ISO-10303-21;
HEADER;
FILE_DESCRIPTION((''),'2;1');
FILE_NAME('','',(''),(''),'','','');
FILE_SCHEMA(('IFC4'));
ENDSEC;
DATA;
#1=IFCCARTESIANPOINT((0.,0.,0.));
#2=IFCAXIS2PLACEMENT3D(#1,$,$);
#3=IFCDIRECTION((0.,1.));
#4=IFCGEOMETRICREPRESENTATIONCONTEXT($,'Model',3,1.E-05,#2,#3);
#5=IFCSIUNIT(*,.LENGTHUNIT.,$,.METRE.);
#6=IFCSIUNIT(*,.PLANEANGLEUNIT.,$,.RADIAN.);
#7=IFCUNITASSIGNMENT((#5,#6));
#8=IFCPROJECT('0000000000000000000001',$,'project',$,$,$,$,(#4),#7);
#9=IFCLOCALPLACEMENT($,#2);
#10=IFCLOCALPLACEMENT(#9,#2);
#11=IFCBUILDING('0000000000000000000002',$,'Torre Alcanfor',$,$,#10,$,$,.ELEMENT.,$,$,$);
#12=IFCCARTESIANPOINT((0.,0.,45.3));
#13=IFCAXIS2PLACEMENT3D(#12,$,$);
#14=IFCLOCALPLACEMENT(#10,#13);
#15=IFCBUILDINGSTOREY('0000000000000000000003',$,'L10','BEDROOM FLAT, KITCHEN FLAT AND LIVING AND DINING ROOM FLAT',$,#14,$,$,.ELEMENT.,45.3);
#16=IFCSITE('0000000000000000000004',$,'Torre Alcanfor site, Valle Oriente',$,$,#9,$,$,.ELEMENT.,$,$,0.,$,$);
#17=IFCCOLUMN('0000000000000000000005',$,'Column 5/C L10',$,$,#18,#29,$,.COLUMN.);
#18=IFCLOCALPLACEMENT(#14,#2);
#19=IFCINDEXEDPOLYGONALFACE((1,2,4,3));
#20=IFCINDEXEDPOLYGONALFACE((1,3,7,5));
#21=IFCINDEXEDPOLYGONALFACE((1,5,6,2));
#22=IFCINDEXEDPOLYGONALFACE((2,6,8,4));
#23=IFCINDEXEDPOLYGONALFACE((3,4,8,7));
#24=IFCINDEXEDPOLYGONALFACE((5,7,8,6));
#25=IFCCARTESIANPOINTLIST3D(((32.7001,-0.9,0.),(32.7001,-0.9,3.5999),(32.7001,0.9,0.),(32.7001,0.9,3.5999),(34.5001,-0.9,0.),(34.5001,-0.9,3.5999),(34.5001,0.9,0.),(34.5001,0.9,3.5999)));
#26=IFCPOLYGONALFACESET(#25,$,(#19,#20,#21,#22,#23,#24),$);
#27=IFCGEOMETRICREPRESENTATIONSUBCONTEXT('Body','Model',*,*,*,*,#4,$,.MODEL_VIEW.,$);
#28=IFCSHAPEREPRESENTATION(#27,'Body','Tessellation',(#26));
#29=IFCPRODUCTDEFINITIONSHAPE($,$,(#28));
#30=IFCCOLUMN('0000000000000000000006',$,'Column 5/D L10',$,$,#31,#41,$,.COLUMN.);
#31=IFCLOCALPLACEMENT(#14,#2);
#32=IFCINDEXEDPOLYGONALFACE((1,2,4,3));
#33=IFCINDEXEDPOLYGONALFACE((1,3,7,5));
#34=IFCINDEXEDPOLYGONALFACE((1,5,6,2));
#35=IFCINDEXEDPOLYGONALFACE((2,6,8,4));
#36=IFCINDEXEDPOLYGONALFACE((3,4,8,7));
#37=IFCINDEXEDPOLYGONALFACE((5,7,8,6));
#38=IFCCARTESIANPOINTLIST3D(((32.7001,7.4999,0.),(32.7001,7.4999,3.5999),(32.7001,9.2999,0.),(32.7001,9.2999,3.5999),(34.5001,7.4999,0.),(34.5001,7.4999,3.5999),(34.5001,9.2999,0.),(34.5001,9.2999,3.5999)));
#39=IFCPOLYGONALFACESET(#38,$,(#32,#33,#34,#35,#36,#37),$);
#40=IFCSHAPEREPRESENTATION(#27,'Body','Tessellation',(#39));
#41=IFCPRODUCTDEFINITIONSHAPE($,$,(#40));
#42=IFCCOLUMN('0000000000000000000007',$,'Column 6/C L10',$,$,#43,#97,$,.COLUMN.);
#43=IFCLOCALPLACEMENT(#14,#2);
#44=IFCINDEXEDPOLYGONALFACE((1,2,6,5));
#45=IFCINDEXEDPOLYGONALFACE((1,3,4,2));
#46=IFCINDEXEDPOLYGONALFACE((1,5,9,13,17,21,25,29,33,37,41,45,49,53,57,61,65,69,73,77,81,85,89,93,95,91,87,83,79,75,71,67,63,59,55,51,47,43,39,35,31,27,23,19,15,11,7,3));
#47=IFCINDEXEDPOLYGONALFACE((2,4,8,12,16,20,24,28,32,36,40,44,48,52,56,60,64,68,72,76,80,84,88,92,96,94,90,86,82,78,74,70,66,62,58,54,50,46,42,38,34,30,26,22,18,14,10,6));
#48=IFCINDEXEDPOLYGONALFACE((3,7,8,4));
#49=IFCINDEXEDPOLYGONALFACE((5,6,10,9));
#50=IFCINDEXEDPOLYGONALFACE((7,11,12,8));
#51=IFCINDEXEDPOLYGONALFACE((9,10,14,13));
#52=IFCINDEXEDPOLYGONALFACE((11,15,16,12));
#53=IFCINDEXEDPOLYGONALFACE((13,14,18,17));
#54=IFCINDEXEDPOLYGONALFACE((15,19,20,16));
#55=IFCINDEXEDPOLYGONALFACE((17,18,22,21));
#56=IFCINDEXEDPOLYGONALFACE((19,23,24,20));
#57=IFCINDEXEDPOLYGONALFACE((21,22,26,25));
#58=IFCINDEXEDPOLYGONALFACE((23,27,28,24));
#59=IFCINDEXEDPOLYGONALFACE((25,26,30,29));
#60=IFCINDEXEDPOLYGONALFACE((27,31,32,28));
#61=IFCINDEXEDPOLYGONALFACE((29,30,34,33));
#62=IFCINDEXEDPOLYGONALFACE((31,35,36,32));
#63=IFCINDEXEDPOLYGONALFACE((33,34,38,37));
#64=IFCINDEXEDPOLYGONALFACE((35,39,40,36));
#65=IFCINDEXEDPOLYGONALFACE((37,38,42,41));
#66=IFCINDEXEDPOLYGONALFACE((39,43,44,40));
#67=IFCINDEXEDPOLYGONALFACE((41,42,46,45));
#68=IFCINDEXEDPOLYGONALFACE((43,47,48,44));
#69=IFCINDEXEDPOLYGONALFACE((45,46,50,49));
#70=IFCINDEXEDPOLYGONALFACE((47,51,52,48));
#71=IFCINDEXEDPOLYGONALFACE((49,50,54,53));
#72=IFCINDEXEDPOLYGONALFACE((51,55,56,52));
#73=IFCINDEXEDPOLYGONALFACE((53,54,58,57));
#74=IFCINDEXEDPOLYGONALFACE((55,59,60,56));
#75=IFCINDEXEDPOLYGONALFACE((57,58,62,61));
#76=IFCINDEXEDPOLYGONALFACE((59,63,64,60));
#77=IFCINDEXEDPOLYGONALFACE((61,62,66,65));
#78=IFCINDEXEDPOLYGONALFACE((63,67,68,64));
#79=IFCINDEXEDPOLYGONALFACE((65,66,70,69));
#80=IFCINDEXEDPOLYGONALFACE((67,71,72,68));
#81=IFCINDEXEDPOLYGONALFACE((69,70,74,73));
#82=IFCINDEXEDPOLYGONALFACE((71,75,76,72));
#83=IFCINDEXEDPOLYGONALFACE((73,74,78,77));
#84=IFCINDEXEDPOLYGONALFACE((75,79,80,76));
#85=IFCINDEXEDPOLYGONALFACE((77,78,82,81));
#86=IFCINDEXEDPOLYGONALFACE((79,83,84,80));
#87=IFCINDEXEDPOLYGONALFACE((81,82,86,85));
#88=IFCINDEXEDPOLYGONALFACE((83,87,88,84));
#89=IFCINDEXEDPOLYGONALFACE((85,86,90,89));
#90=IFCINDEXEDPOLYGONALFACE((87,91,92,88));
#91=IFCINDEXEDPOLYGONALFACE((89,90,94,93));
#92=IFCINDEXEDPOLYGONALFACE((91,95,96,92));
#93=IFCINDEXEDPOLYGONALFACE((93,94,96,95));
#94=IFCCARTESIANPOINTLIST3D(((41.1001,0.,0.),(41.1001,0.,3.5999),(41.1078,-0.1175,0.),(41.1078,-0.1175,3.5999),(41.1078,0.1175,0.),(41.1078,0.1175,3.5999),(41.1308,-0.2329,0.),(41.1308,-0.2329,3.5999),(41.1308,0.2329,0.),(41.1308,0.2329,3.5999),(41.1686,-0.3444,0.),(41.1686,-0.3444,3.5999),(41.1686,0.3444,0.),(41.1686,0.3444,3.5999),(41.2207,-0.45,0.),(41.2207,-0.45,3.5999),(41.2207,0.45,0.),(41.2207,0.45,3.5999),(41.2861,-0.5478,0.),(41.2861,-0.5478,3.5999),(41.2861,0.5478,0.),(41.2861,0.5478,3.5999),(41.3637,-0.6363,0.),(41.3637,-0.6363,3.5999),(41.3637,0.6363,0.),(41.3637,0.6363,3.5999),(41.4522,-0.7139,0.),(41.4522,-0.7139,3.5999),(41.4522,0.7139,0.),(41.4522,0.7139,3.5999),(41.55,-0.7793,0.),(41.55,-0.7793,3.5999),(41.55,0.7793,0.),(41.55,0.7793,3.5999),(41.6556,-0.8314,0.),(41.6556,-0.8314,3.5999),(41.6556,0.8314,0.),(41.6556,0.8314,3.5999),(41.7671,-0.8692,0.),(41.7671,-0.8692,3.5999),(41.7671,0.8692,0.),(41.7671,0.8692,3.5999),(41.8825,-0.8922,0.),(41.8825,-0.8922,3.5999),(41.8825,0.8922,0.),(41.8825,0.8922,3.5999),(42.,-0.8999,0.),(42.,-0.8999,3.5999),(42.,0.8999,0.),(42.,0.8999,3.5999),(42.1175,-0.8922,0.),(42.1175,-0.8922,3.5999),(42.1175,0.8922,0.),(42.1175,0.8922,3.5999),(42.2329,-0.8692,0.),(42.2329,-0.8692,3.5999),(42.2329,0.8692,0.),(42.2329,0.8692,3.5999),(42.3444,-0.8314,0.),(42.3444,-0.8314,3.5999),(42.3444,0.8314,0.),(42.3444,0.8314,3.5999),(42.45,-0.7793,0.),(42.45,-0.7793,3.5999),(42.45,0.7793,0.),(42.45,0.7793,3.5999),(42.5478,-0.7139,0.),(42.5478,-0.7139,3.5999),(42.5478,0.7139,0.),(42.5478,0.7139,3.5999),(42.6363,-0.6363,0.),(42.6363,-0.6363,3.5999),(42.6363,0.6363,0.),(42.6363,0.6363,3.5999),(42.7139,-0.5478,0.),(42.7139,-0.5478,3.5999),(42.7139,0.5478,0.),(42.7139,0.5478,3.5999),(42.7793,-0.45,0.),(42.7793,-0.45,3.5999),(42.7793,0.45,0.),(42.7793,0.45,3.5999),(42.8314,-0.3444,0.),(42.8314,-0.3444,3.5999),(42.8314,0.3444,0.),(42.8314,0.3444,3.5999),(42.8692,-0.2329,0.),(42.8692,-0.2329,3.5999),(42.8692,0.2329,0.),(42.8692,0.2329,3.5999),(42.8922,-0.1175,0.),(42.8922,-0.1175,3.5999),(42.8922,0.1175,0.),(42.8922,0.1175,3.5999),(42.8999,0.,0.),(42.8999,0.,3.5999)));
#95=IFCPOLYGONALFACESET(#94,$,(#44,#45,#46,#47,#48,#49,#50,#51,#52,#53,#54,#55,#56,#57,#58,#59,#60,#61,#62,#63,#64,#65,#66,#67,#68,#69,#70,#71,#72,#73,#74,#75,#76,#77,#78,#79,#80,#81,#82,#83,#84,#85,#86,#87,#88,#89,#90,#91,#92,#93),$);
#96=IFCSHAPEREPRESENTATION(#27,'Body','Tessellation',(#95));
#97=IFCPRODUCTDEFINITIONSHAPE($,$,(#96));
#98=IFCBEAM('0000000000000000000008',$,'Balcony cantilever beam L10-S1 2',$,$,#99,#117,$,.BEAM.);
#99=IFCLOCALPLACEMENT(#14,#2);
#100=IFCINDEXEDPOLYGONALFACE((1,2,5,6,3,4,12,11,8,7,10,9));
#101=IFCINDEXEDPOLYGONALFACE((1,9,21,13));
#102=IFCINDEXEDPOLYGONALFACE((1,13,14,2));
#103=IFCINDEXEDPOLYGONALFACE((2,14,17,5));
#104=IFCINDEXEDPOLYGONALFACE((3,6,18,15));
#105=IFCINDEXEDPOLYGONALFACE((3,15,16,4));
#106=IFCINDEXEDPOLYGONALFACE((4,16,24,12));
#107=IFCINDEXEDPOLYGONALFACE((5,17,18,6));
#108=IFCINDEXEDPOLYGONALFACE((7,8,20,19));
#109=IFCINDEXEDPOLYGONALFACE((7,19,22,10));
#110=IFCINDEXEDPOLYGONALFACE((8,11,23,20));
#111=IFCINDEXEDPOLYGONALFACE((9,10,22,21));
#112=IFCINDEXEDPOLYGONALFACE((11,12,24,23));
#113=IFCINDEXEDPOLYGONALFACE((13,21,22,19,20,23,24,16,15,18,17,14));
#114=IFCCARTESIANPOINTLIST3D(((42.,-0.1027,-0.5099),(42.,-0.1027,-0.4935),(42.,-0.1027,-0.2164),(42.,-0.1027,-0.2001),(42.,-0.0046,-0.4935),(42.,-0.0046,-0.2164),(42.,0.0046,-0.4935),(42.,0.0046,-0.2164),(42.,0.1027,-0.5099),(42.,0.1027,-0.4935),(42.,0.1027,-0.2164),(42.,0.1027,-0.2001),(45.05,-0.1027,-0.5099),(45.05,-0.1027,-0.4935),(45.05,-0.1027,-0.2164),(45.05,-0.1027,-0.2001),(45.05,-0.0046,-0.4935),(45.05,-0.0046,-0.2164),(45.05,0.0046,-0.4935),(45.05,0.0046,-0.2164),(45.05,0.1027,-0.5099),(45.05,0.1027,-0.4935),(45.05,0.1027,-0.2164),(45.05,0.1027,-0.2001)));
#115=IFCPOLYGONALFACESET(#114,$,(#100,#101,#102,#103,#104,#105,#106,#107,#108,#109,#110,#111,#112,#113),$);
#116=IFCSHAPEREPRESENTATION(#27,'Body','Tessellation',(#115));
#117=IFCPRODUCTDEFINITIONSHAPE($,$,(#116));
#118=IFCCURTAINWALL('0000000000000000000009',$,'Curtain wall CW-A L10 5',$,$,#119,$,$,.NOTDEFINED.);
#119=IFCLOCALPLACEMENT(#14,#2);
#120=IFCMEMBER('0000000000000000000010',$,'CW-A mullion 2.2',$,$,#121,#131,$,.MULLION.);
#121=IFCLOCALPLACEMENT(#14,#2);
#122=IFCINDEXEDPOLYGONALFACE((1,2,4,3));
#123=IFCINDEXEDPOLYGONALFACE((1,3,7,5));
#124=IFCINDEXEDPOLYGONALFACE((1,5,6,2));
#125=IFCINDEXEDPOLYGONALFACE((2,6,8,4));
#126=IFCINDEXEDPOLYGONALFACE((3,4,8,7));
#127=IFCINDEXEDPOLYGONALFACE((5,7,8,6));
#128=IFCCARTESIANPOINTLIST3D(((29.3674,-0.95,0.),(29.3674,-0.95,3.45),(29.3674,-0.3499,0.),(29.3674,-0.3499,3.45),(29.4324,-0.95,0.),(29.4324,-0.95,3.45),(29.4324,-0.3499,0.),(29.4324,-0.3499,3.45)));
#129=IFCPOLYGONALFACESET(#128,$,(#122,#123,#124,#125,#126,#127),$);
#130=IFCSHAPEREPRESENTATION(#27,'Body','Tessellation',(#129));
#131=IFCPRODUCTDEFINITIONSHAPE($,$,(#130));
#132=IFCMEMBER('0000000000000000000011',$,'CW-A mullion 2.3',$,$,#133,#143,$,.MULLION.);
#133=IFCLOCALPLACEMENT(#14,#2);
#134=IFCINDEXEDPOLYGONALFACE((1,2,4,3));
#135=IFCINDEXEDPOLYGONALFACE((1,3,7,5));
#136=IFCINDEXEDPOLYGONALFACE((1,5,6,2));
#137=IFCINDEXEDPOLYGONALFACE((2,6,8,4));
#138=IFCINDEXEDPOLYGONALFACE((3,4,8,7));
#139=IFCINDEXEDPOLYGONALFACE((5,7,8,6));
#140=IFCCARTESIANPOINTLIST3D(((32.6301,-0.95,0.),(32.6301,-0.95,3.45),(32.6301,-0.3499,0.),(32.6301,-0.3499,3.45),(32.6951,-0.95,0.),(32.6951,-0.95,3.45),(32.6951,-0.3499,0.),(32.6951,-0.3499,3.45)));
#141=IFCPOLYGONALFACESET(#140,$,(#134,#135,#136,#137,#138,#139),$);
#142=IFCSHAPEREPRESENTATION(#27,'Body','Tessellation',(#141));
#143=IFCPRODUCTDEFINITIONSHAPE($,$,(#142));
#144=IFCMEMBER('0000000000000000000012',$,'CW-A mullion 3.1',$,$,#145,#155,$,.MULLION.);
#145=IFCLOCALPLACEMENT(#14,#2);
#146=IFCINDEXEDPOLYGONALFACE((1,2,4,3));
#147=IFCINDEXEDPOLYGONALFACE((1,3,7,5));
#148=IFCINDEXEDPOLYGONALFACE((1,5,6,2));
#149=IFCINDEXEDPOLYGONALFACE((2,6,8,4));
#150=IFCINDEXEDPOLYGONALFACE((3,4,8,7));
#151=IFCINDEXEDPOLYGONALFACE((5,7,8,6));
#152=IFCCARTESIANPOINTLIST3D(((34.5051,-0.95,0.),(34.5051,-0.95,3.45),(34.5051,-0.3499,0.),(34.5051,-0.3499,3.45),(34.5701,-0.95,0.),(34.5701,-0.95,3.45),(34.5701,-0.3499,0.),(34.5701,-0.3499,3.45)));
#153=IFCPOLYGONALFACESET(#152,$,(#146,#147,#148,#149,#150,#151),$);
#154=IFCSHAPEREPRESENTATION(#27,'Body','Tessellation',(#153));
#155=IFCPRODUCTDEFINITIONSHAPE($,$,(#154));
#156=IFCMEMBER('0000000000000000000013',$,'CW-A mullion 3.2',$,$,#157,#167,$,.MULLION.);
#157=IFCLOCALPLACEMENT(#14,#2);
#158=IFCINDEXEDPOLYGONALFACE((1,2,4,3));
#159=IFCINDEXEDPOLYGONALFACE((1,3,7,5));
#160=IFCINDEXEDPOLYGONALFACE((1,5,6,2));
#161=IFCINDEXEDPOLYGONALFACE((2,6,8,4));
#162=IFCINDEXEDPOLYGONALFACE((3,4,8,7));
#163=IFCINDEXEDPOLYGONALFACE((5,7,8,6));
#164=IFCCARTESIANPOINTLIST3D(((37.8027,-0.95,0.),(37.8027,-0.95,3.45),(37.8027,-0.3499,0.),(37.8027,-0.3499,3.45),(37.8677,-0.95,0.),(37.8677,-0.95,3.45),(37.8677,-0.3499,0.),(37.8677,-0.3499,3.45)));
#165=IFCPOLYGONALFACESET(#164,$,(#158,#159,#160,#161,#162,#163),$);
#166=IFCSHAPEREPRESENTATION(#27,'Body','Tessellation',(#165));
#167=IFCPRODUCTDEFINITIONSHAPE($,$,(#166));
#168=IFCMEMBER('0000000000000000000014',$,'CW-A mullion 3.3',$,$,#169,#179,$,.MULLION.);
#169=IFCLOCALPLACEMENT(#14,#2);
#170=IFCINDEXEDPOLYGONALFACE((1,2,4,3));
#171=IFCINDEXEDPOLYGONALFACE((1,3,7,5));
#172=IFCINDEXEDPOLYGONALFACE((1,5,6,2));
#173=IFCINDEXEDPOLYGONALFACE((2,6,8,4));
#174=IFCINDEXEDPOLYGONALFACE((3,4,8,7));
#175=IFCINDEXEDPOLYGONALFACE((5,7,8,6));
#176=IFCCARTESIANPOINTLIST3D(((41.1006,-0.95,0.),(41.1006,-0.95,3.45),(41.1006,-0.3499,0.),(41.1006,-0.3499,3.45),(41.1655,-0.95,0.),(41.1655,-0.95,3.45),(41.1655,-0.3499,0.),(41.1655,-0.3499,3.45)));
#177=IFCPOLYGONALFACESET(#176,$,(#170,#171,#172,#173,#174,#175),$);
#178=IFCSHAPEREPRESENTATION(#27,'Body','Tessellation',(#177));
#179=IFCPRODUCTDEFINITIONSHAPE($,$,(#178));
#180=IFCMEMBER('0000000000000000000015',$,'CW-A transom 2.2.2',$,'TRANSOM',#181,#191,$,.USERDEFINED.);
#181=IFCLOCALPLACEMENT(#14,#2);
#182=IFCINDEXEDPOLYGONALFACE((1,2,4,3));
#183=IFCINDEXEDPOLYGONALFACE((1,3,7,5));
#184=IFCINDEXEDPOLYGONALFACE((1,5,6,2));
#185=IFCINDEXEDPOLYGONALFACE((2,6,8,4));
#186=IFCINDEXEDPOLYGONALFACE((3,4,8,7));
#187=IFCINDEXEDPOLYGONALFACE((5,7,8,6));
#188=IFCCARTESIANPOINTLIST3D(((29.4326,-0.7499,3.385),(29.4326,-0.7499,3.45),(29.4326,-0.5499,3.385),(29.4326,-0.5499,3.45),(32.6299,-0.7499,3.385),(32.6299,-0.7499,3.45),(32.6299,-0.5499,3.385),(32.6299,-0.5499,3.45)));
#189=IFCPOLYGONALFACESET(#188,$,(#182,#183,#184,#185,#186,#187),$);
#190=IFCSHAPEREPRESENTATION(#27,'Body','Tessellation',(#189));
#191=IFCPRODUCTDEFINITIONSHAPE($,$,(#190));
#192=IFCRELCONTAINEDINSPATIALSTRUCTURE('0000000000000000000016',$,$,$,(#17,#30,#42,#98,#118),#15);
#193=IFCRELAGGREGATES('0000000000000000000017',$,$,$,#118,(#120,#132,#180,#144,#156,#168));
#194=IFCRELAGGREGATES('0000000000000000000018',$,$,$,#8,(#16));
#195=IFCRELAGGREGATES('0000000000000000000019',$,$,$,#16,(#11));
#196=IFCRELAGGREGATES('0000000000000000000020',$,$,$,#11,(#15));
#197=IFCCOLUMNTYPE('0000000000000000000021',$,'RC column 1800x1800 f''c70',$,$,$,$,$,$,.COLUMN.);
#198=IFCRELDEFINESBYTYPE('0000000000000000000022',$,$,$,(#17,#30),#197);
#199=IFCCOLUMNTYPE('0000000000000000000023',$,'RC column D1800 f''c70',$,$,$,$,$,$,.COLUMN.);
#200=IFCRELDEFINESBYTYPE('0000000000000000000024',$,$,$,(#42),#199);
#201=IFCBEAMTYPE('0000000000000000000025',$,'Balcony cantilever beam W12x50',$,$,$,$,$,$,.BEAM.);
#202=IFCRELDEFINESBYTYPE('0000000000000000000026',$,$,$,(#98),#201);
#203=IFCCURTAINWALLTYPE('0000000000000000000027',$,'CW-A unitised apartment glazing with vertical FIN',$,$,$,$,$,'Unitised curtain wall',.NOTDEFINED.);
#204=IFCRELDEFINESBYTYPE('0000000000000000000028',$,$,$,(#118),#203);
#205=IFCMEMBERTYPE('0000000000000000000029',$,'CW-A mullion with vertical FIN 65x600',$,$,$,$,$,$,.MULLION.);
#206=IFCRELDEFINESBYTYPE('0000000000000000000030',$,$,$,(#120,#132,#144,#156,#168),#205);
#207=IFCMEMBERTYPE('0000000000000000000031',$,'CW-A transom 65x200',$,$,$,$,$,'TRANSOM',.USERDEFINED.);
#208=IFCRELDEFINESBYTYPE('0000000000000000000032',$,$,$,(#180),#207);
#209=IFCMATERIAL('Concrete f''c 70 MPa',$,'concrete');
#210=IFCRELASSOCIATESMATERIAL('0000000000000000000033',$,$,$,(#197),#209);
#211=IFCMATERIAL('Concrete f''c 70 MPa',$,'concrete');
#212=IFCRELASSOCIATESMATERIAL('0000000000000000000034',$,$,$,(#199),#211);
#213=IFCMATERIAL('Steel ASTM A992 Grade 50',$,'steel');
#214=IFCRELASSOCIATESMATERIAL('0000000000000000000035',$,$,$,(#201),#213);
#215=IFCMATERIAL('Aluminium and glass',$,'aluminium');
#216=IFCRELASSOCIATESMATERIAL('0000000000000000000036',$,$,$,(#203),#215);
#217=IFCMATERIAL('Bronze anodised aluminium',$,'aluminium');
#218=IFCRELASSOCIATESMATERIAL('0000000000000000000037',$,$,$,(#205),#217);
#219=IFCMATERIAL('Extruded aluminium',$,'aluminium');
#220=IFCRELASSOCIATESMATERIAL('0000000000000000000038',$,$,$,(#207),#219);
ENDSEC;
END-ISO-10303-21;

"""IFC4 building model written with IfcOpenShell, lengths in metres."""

from ifc_helpers import new_model, si_unit, direction, frame, origin, origin_2d, place, context, subcontext, project, spatial, rectangle, circle, i_section, extrude, material, material_profile, profile_set, type_object, element, aggregate, save


model = new_model("IFC4")

# Units and contexts
model_context = context("Model", 3, precision=1e-05, world=origin(), true_north=direction((0.0, 1.0)))
body_context = subcontext(model_context, "Body", "Model", "MODEL_VIEW")
ifc_project = project(units=[si_unit("LENGTHUNIT", "METRE"), si_unit("PLANEANGLEUNIT", "RADIAN")], contexts=[model_context])

# Site, building, storey
site_placement = place(None, origin())
site = spatial("IfcSite", under=ifc_project, at=site_placement, Name="Torre Alcanfor site, Valle Oriente", CompositionType="ELEMENT", RefElevation=0.0)
building_placement = place(site_placement, origin())
building = spatial("IfcBuilding", under=site, at=building_placement, Name="Torre Alcanfor", CompositionType="ELEMENT")
storey_placement = place(building_placement, frame((0.0, 0.0, 45.3)))
storey = spatial("IfcBuildingStorey", under=building, at=storey_placement, Name="L10", Description="BEDROOM FLAT, KITCHEN FLAT AND LIVING AND DINING ROOM FLAT", CompositionType="ELEMENT", Elevation=45.3)

# Columns
ifc_material_1 = material(Name="Concrete f'c 70 MPa", Category="concrete")
ifc_material_profile_1 = material_profile(ifc_material_1, rectangle(XDim=1.8, YDim=1.8, at=origin_2d()), Name="1800x1800")
ifc_profile_set_1 = profile_set([ifc_material_profile_1], Name="Concrete f'c 70 MPa")
column_type_1 = type_object("IfcColumnType", Name="RC column 1800x1800 f'c70", PredefinedType="COLUMN", material=ifc_profile_set_1)
for number, where, z_axis, x_axis, name in (
    (1, (33.6001, 0.0, 0.0), (0.0, 0.0, 1.0), (1.0, 0.0, 0.0), "Column 5/C L10"),
    (2, (33.6001, 8.3999, 0.0), (0.0, 0.0, 1.0), (1.0, 0.0, 0.0), "Column 5/D L10"),
):
    element("IfcColumn", number, at=place(storey_placement, frame(where, z_axis=z_axis, x_axis=x_axis)), inside=storey, type_object=column_type_1, Name=name, PredefinedType="COLUMN", context=body_context, shape_type="SweptSolid", body=[
        extrude(rectangle(XDim=1.8, YDim=1.8, at=origin_2d()), origin(), (0.0, 0.0, 1.0), 3.5999),
    ])
ifc_material_2 = material(Name="Concrete f'c 70 MPa", Category="concrete")
ifc_material_profile_2 = material_profile(ifc_material_2, circle(Radius=0.8999, at=origin_2d()), Name="D1800")
ifc_profile_set_2 = profile_set([ifc_material_profile_2], Name="Concrete f'c 70 MPa")
column_type_2 = type_object("IfcColumnType", Name="RC column D1800 f'c70", PredefinedType="COLUMN", material=ifc_profile_set_2)
column_placement = place(storey_placement, frame((42.0, 0.0, 0.0), z_axis=(0.0, 0.0, 1.0), x_axis=(1.0, 0.0, 0.0)))
element("IfcColumn", 3, at=column_placement, inside=storey, type_object=column_type_2, Name="Column 6/C L10", PredefinedType="COLUMN", context=body_context, shape_type="SweptSolid", body=[
    extrude(circle(Radius=0.8999, at=origin_2d()), origin(), (0.0, 0.0, 1.0), 3.5999),
])

# Beam
ifc_material_3 = material(Name="Steel ASTM A992 Grade 50", Category="steel")
ifc_material_profile_3 = material_profile(ifc_material_3, i_section(OverallWidth=0.2053, OverallDepth=0.3098, WebThickness=0.0093, FlangeThickness=0.0164, at=origin_2d()), Name="W12x50")
ifc_profile_set_3 = profile_set([ifc_material_profile_3], Name="Steel ASTM A992 Grade 50")
beam_type_1 = type_object("IfcBeamType", Name="Balcony cantilever beam W12x50", PredefinedType="BEAM", material=ifc_profile_set_3)
beam_1_placement = place(storey_placement, frame((42.0, 0.0, -0.355), z_axis=(1.0, 0.0, 0.0), x_axis=(0.0, 1.0, 0.0)))
element("IfcBeam", 4, at=beam_1_placement, inside=storey, type_object=beam_type_1, Name="Balcony cantilever beam L10-S1 2", PredefinedType="BEAM", context=body_context, shape_type="SweptSolid", body=[
    extrude(i_section(OverallWidth=0.2053, OverallDepth=0.3098, WebThickness=0.0093, FlangeThickness=0.0164, at=origin_2d()), origin(), (0.0, 0.0, 1.0), 3.05),
])

# Curtain wall, members
ifc_material_4 = material(Name="Aluminium and glass", Category="aluminium")
curtain_wall_type = type_object("IfcCurtainWallType", Name="CW-A unitised apartment glazing with vertical FIN", ElementType="Unitised curtain wall", PredefinedType="NOTDEFINED", material=ifc_material_4)
curtain_wall_placement = place(storey_placement, origin())
curtain_wall = element("IfcCurtainWall", 5, at=curtain_wall_placement, inside=storey, type_object=curtain_wall_type, Name="Curtain wall CW-A L10 5", PredefinedType="NOTDEFINED")
ifc_material_5 = material(Name="Bronze anodised aluminium", Category="aluminium")
ifc_material_profile_4 = material_profile(ifc_material_5, rectangle(XDim=0.6001, YDim=0.0649, at=origin_2d()), Name="CW-A mullion 65x600")
ifc_profile_set_4 = profile_set([ifc_material_profile_4], Name="Bronze anodised aluminium")
member_type_1 = type_object("IfcMemberType", Name="CW-A mullion with vertical FIN 65x600", PredefinedType="MULLION", material=ifc_profile_set_4)
member_1_placement = place(storey_placement, frame((29.3999, -0.6499, 0.0), z_axis=(0.0, 0.0, 1.0), x_axis=(0.0, 1.0, 0.0)))
member_1 = element("IfcMember", 6, at=member_1_placement, type_object=member_type_1, Name="CW-A mullion 2.2", PredefinedType="MULLION", context=body_context, shape_type="SweptSolid", body=[
    extrude(rectangle(XDim=0.6001, YDim=0.0649, at=origin_2d()), origin(), (0.0, 0.0, 1.0), 3.45),
])
member_2_placement = place(storey_placement, frame((32.6626, -0.6499, 0.0), z_axis=(0.0, 0.0, 1.0), x_axis=(0.0, 1.0, 0.0)))
member_2 = element("IfcMember", 7, at=member_2_placement, type_object=member_type_1, Name="CW-A mullion 2.3", PredefinedType="MULLION", context=body_context, shape_type="SweptSolid", body=[
    extrude(rectangle(XDim=0.6001, YDim=0.0649, at=origin_2d()), origin(), (0.0, 0.0, 1.0), 3.45),
])
member_3_placement = place(storey_placement, frame((34.5376, -0.6499, 0.0), z_axis=(0.0, 0.0, 1.0), x_axis=(0.0, 1.0, 0.0)))
member_3 = element("IfcMember", 8, at=member_3_placement, type_object=member_type_1, Name="CW-A mullion 3.1", PredefinedType="MULLION", context=body_context, shape_type="SweptSolid", body=[
    extrude(rectangle(XDim=0.6001, YDim=0.0649, at=origin_2d()), origin(), (0.0, 0.0, 1.0), 3.45),
])
member_4_placement = place(storey_placement, frame((37.8352, -0.6499, 0.0), z_axis=(0.0, 0.0, 1.0), x_axis=(0.0, 1.0, 0.0)))
member_4 = element("IfcMember", 9, at=member_4_placement, type_object=member_type_1, Name="CW-A mullion 3.2", PredefinedType="MULLION", context=body_context, shape_type="SweptSolid", body=[
    extrude(rectangle(XDim=0.6001, YDim=0.0649, at=origin_2d()), origin(), (0.0, 0.0, 1.0), 3.45),
])
member_5_placement = place(storey_placement, frame((41.1331, -0.6499, 0.0), z_axis=(0.0, 0.0, 1.0), x_axis=(0.0, 1.0, 0.0)))
member_5 = element("IfcMember", 10, at=member_5_placement, type_object=member_type_1, Name="CW-A mullion 3.3", PredefinedType="MULLION", context=body_context, shape_type="SweptSolid", body=[
    extrude(rectangle(XDim=0.6001, YDim=0.0649, at=origin_2d()), origin(), (0.0, 0.0, 1.0), 3.45),
])
ifc_material_6 = material(Name="Extruded aluminium", Category="aluminium")
ifc_material_profile_5 = material_profile(ifc_material_6, rectangle(XDim=0.2, YDim=0.0649, at=origin_2d()), Name="CW-A transom 200x65")
ifc_profile_set_5 = profile_set([ifc_material_profile_5], Name="Extruded aluminium")
member_type_2 = type_object("IfcMemberType", Name="CW-A transom 65x200", ElementType="TRANSOM", PredefinedType="USERDEFINED", material=ifc_profile_set_5)
member_6_placement = place(storey_placement, frame((29.4326, -0.6499, 3.4175), z_axis=(1.0, 0.0, 0.0), x_axis=(0.0, 1.0, 0.0)))
member_6 = element("IfcMember", 11, at=member_6_placement, type_object=member_type_2, Name="CW-A transom 2.2.2", ObjectType="TRANSOM", PredefinedType="USERDEFINED", context=body_context, shape_type="SweptSolid", body=[
    extrude(rectangle(XDim=0.2, YDim=0.0649, at=origin_2d()), origin(), (0.0, 0.0, 1.0), 3.1973),
])

aggregate(curtain_wall, [member_1, member_2, member_6, member_3, member_4, member_5])

save(model, "model.ifc")
